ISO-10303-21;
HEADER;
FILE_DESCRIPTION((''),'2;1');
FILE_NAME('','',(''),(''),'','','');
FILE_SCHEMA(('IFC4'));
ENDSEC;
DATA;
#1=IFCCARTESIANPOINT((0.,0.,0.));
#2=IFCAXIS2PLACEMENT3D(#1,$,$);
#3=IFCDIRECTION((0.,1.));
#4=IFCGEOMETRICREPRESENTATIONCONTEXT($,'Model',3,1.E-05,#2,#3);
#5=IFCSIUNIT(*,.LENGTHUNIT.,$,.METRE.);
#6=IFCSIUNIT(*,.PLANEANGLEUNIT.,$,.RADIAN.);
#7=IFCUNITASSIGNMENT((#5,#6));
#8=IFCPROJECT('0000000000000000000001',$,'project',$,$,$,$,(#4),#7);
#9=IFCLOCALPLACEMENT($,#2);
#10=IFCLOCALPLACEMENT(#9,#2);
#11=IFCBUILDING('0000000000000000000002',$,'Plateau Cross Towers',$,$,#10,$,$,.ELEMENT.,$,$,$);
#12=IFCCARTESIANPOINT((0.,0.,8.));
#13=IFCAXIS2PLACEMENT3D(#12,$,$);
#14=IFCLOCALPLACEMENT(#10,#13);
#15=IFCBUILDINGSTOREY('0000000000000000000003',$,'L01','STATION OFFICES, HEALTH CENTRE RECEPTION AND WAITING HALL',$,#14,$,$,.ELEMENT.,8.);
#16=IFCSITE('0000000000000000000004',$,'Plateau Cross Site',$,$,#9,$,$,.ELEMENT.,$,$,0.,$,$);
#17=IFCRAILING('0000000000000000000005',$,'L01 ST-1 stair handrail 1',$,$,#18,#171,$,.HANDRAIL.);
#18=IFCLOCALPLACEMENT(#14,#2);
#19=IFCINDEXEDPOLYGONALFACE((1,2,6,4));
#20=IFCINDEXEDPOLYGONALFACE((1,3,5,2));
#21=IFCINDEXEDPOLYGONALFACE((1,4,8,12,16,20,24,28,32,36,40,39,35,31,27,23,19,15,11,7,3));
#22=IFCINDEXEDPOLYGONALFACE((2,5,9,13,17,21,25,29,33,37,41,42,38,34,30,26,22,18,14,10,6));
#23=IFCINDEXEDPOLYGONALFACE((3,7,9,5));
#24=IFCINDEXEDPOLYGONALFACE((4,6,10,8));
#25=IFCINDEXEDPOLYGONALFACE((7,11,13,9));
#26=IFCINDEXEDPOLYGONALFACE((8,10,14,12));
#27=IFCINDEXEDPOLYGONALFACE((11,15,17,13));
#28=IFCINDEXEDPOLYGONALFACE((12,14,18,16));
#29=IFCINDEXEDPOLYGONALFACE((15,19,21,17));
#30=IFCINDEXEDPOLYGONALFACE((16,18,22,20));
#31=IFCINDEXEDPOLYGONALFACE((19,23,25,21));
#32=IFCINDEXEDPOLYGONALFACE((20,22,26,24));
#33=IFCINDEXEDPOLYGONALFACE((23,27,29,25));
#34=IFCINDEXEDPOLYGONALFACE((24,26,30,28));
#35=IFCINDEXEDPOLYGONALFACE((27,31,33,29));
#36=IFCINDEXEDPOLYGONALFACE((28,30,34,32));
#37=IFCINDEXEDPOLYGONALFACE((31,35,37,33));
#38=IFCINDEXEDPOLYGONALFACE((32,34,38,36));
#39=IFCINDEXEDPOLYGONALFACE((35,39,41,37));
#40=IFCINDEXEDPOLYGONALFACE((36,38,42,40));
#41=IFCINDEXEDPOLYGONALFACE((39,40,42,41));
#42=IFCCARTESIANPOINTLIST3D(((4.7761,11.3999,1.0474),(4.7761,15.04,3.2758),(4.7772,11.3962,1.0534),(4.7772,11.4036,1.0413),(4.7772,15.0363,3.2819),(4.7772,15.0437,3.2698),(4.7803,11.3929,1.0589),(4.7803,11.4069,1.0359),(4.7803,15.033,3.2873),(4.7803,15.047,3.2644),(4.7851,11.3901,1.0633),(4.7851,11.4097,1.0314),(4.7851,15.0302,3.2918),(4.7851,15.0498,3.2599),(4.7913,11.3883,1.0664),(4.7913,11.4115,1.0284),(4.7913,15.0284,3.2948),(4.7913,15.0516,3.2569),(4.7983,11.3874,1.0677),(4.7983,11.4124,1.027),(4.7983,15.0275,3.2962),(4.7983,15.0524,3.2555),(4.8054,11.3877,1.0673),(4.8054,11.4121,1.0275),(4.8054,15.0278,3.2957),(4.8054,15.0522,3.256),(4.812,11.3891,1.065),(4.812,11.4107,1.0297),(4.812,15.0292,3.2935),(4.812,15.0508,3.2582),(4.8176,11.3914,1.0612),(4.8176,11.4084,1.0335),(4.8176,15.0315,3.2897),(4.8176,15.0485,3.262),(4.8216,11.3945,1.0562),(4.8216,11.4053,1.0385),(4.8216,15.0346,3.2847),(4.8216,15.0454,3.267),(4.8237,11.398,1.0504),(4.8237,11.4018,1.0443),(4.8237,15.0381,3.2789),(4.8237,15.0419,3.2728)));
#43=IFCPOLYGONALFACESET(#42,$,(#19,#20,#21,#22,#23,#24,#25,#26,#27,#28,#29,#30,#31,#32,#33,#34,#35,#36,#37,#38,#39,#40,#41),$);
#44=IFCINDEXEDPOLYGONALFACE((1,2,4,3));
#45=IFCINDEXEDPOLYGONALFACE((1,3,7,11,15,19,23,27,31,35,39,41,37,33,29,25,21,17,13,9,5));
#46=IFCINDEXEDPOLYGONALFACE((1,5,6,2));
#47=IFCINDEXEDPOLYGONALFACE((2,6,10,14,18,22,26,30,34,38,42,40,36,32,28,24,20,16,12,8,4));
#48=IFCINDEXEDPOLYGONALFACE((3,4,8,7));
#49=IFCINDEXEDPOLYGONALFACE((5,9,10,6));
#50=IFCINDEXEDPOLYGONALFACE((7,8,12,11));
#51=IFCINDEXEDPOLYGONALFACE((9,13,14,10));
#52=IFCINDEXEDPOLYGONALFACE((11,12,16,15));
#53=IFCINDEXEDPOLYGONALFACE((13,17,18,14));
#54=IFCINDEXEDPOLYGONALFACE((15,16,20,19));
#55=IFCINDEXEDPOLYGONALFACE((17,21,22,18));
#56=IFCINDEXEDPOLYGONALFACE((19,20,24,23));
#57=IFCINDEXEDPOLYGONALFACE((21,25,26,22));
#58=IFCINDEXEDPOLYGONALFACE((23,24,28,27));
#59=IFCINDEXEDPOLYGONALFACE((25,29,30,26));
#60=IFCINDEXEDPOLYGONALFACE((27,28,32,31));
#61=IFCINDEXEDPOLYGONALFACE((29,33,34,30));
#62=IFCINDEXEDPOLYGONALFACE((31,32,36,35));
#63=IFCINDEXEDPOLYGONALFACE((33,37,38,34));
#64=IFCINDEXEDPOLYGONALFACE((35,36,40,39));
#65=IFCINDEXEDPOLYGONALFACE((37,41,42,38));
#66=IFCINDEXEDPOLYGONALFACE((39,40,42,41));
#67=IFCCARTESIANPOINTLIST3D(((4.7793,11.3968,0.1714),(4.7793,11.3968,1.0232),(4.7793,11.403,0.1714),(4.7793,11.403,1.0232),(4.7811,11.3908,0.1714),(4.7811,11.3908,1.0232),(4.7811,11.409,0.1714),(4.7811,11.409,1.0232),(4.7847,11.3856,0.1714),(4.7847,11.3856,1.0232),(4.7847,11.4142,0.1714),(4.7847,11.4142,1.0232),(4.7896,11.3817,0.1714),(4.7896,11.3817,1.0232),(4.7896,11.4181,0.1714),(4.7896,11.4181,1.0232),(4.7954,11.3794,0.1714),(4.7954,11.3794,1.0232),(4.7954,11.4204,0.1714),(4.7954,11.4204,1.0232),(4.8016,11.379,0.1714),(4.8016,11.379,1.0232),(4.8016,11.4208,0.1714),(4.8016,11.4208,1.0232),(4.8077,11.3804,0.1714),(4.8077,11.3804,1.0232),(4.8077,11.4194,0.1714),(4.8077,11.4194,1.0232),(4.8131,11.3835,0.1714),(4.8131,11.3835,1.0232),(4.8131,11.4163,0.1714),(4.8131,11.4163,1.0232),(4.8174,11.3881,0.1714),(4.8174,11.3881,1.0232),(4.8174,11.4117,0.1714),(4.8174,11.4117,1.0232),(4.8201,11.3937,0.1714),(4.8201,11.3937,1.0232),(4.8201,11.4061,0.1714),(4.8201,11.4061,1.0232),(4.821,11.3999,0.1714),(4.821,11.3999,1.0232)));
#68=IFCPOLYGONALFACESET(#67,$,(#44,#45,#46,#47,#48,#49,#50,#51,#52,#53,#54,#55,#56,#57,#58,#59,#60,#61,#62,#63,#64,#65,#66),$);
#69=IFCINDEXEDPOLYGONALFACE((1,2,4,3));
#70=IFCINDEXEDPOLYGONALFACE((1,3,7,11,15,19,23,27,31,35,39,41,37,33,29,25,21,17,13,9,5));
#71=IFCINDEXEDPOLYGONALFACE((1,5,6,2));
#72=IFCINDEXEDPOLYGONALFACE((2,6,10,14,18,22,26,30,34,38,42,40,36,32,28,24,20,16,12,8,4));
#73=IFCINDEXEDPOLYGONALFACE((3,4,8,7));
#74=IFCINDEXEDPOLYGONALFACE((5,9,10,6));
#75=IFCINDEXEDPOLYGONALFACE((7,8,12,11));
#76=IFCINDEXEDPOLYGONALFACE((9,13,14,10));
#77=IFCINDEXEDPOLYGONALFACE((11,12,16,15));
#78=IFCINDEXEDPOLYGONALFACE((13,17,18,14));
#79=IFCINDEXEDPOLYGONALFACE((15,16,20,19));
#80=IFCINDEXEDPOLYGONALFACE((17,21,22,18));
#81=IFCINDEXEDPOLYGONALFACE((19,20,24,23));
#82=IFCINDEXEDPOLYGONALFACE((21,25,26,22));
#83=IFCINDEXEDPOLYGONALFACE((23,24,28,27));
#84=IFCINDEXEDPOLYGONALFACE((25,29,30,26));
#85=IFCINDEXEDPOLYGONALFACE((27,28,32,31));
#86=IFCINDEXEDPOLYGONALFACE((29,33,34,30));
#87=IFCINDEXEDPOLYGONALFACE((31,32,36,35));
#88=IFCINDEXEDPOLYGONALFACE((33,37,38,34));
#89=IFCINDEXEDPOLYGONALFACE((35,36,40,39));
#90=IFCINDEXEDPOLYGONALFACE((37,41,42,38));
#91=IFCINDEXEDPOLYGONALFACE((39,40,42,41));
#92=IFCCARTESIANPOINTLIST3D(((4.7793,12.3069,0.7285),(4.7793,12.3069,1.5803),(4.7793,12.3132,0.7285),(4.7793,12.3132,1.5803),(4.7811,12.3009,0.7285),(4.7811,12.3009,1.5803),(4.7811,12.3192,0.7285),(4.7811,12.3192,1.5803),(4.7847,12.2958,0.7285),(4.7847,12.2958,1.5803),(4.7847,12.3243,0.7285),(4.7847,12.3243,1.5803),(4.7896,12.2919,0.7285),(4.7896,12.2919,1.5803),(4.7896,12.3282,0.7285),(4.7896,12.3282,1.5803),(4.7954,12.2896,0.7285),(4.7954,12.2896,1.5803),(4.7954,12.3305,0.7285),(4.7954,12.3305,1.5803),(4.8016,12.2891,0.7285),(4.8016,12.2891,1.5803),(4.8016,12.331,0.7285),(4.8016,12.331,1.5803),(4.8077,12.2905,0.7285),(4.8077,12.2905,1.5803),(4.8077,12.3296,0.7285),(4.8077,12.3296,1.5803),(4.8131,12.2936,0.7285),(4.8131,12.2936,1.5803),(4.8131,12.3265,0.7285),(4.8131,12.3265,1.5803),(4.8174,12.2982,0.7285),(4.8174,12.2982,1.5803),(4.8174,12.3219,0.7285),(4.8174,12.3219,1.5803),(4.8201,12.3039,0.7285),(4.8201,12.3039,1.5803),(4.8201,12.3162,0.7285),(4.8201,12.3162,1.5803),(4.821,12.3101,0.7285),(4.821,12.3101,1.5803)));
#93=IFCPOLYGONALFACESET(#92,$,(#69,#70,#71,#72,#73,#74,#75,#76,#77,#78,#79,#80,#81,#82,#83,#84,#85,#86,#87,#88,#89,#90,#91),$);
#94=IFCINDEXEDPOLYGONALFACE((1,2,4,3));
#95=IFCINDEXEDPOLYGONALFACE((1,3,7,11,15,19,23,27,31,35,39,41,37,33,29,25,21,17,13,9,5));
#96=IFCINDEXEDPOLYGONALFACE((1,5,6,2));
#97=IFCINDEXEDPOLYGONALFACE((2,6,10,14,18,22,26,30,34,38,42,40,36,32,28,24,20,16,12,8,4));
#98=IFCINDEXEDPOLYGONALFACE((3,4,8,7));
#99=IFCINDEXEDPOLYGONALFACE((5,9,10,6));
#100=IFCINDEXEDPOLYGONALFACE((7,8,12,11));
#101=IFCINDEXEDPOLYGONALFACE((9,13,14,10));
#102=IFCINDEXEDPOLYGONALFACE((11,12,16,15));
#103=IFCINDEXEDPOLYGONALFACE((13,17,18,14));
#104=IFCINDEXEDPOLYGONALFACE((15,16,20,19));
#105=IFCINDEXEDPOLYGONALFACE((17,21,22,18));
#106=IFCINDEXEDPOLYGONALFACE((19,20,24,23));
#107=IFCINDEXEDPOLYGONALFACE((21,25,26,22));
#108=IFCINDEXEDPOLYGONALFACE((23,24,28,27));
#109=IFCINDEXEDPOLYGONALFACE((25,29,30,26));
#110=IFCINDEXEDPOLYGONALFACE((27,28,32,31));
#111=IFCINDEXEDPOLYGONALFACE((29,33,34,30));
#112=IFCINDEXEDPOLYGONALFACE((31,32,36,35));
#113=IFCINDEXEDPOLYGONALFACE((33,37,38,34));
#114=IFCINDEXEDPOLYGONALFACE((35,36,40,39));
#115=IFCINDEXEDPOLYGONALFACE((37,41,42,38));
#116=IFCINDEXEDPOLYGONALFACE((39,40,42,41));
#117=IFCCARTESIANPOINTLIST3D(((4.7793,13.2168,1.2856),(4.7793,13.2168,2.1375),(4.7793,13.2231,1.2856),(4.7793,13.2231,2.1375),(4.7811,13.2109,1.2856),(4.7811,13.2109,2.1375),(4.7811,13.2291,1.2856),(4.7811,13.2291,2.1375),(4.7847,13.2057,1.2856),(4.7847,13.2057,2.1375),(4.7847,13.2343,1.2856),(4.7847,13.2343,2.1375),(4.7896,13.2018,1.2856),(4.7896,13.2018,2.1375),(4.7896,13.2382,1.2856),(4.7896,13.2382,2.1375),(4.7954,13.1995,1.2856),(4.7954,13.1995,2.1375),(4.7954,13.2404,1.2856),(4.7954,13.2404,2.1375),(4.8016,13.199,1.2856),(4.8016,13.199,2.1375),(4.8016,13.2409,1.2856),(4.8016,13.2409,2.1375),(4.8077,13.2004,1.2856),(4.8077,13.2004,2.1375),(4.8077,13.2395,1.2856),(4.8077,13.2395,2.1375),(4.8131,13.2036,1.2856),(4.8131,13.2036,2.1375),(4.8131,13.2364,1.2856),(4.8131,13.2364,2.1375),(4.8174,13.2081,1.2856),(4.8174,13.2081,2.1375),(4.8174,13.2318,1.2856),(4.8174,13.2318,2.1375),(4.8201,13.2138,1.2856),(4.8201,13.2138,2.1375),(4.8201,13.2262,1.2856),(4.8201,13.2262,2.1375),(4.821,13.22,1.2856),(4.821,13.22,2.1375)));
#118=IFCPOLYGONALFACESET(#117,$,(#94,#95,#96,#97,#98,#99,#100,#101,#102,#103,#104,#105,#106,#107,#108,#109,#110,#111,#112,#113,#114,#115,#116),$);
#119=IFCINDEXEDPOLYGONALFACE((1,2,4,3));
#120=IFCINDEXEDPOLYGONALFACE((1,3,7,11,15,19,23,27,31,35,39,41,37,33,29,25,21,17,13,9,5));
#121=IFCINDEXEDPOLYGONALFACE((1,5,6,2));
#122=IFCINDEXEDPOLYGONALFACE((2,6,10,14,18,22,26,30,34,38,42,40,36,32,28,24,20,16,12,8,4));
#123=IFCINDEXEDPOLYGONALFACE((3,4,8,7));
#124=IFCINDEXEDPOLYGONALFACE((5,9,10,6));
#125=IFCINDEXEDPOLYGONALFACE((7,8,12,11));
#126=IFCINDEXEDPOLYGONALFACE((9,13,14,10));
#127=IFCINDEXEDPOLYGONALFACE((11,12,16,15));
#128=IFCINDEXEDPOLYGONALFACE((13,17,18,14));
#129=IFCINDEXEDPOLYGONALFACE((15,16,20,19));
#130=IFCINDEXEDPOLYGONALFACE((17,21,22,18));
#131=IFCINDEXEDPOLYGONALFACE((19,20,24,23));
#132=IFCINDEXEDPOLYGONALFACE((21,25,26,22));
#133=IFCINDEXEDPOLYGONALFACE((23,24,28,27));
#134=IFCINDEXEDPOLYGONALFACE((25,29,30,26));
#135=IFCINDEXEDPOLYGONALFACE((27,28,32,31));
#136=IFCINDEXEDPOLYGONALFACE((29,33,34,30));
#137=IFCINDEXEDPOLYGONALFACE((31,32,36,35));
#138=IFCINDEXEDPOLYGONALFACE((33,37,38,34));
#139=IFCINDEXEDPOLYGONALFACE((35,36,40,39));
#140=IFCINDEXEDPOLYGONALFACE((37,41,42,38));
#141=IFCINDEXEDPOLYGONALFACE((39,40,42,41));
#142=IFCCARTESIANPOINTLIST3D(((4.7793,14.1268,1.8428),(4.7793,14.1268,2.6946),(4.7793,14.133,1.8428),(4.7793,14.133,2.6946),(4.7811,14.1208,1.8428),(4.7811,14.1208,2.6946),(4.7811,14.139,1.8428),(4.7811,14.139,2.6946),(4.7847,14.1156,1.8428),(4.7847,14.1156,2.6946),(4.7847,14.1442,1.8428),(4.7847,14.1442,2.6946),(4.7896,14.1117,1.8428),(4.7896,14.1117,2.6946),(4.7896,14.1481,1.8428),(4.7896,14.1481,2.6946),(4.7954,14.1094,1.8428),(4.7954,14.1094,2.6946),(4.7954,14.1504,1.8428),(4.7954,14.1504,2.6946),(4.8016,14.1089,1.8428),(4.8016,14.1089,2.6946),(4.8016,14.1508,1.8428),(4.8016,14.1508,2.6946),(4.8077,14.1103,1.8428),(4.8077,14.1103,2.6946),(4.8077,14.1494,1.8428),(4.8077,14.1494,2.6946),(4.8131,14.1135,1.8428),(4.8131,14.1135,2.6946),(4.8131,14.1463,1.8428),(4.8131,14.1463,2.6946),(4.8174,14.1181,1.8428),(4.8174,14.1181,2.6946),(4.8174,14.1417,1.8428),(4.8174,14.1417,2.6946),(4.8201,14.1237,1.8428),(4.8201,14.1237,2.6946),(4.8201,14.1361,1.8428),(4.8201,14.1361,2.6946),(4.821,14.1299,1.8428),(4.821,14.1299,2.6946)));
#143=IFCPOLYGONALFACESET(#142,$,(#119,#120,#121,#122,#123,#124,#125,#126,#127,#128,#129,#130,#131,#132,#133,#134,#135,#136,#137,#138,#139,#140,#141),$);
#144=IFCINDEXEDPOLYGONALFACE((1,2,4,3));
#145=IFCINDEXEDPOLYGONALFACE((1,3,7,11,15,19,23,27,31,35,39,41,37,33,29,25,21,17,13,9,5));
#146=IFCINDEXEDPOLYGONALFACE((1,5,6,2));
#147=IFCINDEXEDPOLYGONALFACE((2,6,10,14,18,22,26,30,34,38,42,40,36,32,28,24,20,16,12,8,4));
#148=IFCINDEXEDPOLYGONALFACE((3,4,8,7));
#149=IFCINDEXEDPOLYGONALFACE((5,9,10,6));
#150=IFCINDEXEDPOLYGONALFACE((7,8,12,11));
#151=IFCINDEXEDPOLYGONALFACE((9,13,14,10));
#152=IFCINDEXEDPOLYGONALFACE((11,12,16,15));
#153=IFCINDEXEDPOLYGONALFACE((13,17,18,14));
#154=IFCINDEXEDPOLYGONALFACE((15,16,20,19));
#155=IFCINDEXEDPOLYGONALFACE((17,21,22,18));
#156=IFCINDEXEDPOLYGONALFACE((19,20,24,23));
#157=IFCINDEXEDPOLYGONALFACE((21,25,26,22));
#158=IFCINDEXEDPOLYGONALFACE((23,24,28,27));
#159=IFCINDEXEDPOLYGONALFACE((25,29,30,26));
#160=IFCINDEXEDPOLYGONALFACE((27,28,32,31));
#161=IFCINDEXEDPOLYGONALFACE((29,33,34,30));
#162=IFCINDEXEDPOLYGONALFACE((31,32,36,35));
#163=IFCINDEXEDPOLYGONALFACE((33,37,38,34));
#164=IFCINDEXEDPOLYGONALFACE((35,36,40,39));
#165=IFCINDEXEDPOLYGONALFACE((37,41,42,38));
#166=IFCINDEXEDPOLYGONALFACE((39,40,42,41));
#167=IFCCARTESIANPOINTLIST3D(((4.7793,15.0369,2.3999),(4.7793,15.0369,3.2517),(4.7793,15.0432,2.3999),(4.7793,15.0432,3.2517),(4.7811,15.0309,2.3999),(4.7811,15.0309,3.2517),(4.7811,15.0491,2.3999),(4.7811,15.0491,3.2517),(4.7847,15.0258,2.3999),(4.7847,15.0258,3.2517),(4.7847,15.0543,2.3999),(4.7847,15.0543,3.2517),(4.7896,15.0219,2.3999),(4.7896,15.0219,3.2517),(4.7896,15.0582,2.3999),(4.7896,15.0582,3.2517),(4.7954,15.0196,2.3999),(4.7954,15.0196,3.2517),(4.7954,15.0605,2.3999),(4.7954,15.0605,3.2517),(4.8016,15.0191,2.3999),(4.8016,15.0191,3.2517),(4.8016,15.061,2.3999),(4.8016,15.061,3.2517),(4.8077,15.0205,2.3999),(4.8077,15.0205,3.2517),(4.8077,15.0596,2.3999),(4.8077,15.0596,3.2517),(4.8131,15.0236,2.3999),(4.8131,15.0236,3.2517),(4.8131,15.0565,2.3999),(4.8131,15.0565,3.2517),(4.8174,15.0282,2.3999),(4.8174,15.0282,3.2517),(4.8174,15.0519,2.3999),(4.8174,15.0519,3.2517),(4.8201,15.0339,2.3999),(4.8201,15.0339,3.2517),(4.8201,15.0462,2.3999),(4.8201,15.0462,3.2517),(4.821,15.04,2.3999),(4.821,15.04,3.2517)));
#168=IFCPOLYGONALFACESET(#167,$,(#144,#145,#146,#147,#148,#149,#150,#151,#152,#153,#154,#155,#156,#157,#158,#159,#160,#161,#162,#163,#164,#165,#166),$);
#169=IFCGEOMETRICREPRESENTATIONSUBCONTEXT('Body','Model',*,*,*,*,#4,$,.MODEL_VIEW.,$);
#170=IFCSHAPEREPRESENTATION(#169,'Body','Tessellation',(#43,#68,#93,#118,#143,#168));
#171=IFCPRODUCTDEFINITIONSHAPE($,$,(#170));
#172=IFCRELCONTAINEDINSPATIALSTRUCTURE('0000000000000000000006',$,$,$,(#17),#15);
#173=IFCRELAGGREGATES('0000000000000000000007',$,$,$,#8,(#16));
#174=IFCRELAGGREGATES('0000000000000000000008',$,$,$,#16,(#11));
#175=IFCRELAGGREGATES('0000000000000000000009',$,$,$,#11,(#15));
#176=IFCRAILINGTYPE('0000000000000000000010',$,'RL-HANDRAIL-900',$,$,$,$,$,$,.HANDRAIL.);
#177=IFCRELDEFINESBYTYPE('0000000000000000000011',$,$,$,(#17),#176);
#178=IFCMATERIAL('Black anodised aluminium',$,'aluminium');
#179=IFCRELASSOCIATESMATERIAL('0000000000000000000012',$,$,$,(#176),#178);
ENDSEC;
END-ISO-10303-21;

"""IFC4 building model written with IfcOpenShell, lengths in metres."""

from ifc_helpers import new_model, si_unit, direction, frame, origin, origin_2d, place, context, subcontext, project, spatial, circle, extrude, material, type_object, element, save


model = new_model("IFC4")

# Units and contexts
model_context = context("Model", 3, precision=1e-05, world=origin(), true_north=direction((0.0, 1.0)))
body_context = subcontext(model_context, "Body", "Model", "MODEL_VIEW")
ifc_project = project(units=[si_unit("LENGTHUNIT", "METRE"), si_unit("PLANEANGLEUNIT", "RADIAN")], contexts=[model_context])

# Site, building, storey
site_placement = place(None, origin())
site = spatial("IfcSite", under=ifc_project, at=site_placement, Name="Plateau Cross Site", CompositionType="ELEMENT", RefElevation=0.0)
building_placement = place(site_placement, origin())
building = spatial("IfcBuilding", under=site, at=building_placement, Name="Plateau Cross Towers", CompositionType="ELEMENT")
storey_placement = place(building_placement, frame((0.0, 0.0, 8.0)))
storey = spatial("IfcBuildingStorey", under=building, at=storey_placement, Name="L01", Description="STATION OFFICES, HEALTH CENTRE RECEPTION AND WAITING HALL", CompositionType="ELEMENT", Elevation=8.0)

# Shared definitions
ifc_material_1 = material(Name="Black anodised aluminium", Category="aluminium")

# Railing
railing_type_1 = type_object("IfcRailingType", Name="RL-HANDRAIL-900", PredefinedType="HANDRAIL", material=ifc_material_1)
railing_1_placement = place(storey_placement, frame((4.8, 11.3999, 0.1714)))
element("IfcRailing", 1, at=railing_1_placement, inside=storey, type_object=railing_type_1, Name="L01 ST-1 stair handrail 1", PredefinedType="HANDRAIL", context=body_context, shape_type="SweptSolid", body=[
    extrude(circle(Radius=0.0239, at=origin_2d()), frame((0.0, 0.0, 0.876), z_axis=(0.0, 0.852866, 0.52213), x_axis=(-1.0, 0.0, 0.0)), (0.0, 0.0, 1.0), 4.2681),
    extrude(circle(Radius=0.021, at=origin_2d()), origin(), (0.0, 0.0, 1.0), 0.8518),
    extrude(circle(Radius=0.021, at=origin_2d()), frame((0.0, 0.9102, 0.5571)), (0.0, 0.0, 1.0), 0.8518),
    extrude(circle(Radius=0.021, at=origin_2d()), frame((0.0, 1.8201, 1.1143)), (0.0, 0.0, 1.0), 0.8518),
    extrude(circle(Radius=0.021, at=origin_2d()), frame((0.0, 2.73, 1.6714)), (0.0, 0.0, 1.0), 0.8518),
    extrude(circle(Radius=0.021, at=origin_2d()), frame((0.0, 3.6401, 2.2285)), (0.0, 0.0, 1.0), 0.8518),
])

save(model, "model.ifc")
